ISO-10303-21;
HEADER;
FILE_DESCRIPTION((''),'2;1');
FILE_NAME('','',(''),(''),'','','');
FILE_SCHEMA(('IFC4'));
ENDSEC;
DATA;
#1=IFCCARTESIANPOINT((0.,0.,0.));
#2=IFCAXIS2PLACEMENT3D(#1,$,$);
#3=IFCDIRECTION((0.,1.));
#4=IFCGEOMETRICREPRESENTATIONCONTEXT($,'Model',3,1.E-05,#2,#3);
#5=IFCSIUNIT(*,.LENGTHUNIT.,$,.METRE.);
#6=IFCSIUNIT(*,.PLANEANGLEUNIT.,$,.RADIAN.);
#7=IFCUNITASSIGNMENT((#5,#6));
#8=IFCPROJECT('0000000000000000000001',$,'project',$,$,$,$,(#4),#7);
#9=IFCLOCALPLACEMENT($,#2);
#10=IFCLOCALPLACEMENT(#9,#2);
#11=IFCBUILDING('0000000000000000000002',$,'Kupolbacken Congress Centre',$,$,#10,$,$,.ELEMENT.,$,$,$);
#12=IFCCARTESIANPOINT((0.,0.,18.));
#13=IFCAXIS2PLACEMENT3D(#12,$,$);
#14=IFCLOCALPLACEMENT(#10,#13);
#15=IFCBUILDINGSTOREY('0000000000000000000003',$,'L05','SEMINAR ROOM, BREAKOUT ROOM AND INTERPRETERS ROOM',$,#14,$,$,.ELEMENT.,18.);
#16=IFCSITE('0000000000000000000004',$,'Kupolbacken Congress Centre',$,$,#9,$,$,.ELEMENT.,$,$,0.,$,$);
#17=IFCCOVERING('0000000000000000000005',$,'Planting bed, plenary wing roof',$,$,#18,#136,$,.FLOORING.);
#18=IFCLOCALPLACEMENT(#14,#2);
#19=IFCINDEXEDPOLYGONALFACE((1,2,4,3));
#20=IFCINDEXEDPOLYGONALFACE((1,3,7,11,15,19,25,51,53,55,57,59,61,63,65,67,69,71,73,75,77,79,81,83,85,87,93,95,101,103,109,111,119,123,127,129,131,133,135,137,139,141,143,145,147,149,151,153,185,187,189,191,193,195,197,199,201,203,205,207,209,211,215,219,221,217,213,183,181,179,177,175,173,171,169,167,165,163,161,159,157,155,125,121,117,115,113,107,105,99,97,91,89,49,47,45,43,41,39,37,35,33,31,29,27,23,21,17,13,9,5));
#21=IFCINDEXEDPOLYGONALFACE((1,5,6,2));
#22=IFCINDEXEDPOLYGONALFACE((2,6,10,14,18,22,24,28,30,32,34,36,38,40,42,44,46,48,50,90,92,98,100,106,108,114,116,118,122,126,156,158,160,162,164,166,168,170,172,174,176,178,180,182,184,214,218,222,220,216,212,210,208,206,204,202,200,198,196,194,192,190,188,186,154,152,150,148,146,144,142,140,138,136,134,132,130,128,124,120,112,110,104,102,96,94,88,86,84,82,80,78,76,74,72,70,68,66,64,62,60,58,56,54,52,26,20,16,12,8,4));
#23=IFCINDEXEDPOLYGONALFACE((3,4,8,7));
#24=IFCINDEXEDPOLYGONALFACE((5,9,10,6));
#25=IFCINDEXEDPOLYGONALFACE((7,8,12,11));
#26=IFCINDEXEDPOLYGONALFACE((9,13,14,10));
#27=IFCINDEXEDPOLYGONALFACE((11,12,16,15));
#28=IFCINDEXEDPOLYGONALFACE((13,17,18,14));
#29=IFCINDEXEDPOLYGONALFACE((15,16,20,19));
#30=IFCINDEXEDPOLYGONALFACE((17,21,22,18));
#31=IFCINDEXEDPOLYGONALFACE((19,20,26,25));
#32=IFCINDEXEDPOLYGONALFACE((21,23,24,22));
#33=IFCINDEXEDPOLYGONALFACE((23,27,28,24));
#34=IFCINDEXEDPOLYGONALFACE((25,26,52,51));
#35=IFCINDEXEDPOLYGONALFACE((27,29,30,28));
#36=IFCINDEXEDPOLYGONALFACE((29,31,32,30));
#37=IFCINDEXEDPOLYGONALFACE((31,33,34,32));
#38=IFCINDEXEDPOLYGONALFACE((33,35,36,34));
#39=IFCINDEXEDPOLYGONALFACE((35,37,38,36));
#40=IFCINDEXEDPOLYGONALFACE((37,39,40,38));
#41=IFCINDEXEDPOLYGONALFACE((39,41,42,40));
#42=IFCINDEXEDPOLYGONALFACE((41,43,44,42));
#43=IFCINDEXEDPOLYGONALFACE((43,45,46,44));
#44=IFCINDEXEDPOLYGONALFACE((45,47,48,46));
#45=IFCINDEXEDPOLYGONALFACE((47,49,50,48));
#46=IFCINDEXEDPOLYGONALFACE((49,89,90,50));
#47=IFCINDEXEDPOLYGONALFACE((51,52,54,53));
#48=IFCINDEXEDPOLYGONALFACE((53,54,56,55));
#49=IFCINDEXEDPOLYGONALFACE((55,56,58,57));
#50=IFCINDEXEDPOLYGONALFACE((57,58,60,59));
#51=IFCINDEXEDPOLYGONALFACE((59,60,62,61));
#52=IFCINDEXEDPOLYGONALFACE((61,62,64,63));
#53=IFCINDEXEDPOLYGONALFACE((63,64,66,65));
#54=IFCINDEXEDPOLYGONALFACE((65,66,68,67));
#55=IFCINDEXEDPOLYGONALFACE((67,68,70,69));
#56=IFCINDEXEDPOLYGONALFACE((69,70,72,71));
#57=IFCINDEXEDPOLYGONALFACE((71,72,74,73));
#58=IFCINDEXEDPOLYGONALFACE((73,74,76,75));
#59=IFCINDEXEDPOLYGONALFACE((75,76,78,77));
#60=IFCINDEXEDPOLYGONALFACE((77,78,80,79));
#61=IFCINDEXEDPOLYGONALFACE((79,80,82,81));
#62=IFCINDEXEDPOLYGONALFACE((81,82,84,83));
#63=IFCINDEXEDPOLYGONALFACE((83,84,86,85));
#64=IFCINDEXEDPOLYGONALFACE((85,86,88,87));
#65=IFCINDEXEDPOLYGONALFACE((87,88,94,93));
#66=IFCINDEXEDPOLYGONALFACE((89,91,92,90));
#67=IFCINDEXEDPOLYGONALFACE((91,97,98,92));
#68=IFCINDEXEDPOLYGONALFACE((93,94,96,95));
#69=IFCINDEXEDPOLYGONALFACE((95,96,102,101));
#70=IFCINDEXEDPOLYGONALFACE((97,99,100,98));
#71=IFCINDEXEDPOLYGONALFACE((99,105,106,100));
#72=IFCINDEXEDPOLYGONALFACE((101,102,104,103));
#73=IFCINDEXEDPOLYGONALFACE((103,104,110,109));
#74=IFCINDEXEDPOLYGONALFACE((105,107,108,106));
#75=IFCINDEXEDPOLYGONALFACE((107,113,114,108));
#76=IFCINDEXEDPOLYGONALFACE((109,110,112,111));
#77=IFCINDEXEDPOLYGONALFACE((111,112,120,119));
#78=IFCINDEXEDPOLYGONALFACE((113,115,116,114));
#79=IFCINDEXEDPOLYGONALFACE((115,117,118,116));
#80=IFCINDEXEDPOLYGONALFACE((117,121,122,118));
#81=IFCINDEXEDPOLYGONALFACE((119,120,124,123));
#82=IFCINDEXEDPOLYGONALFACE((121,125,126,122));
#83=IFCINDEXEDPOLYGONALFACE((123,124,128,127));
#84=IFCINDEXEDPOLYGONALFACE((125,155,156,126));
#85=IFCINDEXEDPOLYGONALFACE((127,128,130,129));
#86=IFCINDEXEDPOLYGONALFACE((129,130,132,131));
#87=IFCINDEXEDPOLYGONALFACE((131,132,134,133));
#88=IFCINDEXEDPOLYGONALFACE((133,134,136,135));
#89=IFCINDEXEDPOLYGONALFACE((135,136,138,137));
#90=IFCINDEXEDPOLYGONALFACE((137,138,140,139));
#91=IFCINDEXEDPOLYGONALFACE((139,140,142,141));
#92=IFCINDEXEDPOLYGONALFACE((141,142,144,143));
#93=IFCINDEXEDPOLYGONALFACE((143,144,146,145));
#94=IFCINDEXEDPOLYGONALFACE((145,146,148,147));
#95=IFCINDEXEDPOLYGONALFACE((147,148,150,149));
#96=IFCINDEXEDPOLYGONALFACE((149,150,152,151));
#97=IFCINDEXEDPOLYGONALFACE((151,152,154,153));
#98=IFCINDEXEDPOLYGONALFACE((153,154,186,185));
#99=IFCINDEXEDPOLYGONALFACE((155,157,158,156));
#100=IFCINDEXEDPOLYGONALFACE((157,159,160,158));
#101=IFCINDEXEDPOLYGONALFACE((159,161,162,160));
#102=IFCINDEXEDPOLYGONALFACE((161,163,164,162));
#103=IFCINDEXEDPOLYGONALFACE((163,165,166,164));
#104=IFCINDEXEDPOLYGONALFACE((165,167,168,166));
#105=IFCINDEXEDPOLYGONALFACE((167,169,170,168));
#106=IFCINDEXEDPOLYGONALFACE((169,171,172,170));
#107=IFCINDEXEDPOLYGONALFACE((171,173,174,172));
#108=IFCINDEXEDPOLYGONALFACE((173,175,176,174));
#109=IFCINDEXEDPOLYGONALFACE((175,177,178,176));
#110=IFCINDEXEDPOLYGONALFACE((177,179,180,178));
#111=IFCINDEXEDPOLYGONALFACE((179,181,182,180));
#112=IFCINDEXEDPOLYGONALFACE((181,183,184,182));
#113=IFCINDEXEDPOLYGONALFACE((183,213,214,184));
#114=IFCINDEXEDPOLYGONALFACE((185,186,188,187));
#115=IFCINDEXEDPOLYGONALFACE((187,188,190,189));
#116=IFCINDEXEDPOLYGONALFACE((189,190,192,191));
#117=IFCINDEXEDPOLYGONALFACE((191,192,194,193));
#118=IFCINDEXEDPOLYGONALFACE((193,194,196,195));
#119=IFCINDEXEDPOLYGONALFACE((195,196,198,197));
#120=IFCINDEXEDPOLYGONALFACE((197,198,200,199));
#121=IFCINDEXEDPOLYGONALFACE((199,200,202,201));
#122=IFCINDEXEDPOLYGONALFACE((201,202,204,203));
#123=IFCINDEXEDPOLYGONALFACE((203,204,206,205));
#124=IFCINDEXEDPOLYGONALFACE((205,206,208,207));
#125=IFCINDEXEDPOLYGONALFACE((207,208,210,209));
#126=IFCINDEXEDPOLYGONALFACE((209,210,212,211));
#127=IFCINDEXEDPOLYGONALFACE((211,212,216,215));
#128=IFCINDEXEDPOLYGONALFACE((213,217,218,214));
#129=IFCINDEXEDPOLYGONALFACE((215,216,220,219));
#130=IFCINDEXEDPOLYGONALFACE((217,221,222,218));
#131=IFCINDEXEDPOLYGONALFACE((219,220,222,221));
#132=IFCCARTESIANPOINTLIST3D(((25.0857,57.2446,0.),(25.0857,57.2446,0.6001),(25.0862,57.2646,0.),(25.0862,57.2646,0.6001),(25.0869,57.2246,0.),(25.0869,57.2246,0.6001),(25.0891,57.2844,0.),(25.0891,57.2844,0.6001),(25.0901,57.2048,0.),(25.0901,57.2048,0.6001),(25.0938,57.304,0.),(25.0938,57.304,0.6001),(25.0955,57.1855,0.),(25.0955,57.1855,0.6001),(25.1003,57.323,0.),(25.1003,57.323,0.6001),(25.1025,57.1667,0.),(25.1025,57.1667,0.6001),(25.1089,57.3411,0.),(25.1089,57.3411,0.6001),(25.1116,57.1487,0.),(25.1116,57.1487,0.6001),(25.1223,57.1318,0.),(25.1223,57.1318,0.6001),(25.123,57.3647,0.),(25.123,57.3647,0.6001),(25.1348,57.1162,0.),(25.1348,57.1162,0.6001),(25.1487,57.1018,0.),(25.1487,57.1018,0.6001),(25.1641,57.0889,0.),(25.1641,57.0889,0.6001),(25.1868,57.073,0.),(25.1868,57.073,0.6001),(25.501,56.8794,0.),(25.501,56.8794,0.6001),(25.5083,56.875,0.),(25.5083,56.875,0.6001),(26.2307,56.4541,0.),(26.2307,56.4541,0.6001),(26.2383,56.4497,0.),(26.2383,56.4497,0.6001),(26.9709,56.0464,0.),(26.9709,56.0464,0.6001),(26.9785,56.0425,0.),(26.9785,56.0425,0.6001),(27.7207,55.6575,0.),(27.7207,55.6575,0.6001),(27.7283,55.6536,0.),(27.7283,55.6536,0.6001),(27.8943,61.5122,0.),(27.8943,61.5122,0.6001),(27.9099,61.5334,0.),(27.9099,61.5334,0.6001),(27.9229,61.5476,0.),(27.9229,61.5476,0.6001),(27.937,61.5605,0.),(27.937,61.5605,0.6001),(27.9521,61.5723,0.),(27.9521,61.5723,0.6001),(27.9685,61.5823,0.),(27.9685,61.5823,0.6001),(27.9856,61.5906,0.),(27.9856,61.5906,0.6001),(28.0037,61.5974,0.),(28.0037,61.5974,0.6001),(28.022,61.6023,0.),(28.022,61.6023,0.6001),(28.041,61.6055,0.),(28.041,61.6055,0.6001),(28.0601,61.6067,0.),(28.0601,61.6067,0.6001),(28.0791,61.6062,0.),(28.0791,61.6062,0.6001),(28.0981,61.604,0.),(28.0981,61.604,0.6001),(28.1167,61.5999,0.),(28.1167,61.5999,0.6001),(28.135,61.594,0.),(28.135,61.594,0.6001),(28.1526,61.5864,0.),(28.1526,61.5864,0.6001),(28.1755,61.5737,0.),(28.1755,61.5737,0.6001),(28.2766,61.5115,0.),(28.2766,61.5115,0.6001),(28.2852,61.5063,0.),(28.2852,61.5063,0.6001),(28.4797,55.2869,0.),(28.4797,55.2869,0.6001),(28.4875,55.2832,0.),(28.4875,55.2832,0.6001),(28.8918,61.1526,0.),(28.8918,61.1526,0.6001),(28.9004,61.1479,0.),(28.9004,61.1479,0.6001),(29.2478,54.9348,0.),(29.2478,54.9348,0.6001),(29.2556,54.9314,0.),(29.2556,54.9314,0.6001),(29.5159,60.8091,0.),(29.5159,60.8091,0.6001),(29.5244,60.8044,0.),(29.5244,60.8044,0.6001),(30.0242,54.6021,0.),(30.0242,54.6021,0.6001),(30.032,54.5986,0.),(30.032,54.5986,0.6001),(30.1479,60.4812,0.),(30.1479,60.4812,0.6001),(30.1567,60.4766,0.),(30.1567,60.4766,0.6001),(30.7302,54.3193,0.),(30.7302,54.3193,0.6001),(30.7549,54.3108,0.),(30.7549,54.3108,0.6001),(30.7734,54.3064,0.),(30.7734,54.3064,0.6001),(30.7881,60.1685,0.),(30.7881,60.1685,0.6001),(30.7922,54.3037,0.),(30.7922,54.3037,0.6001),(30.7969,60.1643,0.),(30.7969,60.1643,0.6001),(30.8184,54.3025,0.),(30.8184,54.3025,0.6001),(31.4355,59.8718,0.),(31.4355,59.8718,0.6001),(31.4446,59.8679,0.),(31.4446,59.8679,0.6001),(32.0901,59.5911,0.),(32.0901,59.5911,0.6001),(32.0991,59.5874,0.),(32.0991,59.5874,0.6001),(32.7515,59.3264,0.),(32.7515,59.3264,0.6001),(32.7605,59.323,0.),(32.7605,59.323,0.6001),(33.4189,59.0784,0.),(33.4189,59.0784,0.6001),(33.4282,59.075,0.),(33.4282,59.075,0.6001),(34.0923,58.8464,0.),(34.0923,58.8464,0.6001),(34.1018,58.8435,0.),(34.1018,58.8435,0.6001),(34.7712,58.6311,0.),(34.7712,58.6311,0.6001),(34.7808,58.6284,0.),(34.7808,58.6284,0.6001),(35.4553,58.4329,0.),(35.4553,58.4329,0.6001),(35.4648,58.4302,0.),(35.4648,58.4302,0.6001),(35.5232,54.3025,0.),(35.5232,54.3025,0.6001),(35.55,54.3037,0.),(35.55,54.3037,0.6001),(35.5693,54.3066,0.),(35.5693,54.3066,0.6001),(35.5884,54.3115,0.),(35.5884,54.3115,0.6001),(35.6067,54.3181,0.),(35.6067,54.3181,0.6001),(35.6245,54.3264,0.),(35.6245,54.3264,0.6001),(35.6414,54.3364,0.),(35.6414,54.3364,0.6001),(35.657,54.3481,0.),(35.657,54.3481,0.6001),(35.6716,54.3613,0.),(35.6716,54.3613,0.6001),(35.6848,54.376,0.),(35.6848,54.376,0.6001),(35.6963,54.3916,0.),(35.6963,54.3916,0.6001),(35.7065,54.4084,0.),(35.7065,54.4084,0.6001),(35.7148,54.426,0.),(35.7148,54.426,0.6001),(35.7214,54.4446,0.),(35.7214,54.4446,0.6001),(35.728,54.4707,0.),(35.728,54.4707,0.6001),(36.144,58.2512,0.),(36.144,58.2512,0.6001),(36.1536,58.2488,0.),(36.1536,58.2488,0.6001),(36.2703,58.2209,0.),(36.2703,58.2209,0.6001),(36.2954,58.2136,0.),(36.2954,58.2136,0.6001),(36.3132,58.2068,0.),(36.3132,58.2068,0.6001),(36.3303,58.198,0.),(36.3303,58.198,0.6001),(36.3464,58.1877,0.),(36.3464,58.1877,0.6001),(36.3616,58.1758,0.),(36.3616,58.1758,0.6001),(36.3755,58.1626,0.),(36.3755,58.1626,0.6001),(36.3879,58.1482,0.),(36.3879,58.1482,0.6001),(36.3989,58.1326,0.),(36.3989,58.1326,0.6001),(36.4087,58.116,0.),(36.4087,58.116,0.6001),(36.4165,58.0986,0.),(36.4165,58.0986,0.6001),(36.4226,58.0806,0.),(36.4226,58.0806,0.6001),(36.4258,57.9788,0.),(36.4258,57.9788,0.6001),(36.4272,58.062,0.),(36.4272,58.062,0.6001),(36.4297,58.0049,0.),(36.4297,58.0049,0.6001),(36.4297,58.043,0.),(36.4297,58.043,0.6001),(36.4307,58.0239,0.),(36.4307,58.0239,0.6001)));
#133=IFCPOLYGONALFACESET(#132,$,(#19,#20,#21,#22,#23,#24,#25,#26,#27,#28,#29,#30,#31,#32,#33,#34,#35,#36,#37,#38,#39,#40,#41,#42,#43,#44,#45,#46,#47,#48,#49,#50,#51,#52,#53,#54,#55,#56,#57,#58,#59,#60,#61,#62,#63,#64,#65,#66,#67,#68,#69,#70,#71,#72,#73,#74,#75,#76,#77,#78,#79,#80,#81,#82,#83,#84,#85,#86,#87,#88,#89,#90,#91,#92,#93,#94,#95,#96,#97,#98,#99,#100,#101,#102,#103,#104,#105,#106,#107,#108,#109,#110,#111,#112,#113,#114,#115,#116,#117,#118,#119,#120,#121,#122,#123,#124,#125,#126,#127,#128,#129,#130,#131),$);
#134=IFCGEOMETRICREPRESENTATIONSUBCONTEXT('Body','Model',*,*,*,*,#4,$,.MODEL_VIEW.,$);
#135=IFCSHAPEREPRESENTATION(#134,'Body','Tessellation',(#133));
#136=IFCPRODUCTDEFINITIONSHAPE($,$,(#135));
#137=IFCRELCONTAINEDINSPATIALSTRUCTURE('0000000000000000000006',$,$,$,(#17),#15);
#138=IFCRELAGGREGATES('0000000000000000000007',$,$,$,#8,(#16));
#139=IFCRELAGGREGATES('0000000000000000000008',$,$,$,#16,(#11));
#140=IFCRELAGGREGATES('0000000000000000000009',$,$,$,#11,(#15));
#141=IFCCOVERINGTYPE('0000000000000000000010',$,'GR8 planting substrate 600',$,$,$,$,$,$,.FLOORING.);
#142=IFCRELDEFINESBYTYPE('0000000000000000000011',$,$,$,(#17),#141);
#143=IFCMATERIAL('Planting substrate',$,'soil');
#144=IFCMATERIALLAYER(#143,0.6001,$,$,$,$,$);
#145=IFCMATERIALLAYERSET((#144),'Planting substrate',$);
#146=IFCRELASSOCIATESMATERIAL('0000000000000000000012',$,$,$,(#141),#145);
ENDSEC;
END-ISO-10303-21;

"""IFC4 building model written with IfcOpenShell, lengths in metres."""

from ifc_helpers import new_model, si_unit, direction, frame, origin, place, context, subcontext, project, spatial, polyline, outline, extrude, material, layer, layer_set, type_object, element, save


model = new_model("IFC4")

# Units and contexts
model_context = context("Model", 3, precision=1e-05, world=origin(), true_north=direction((0.0, 1.0)))
body_context = subcontext(model_context, "Body", "Model", "MODEL_VIEW")
ifc_project = project(units=[si_unit("LENGTHUNIT", "METRE"), si_unit("PLANEANGLEUNIT", "RADIAN")], contexts=[model_context])

# Site, building, storey
site_placement = place(None, origin())
site = spatial("IfcSite", under=ifc_project, at=site_placement, Name="Kupolbacken Congress Centre", CompositionType="ELEMENT", RefElevation=0.0)
building_placement = place(site_placement, origin())
building = spatial("IfcBuilding", under=site, at=building_placement, Name="Kupolbacken Congress Centre", CompositionType="ELEMENT")
storey_placement = place(building_placement, frame((0.0, 0.0, 18.0)))
storey = spatial("IfcBuildingStorey", under=building, at=storey_placement, Name="L05", Description="SEMINAR ROOM, BREAKOUT ROOM AND INTERPRETERS ROOM", CompositionType="ELEMENT", Elevation=18.0)

# Covering
ifc_material_1 = material(Name="Planting substrate", Category="soil")
ifc_layer_1 = layer(ifc_material_1, 0.6001)
ifc_layer_set_1 = layer_set([ifc_layer_1], Name="Planting substrate")
covering_type_1 = type_object("IfcCoveringType", Name="GR8 planting substrate 600", PredefinedType="FLOORING", material=ifc_layer_set_1)
covering_1_placement = place(storey_placement, origin())
element("IfcCovering", 1, at=covering_1_placement, inside=storey, type_object=covering_type_1, Name="Planting bed, plenary wing roof", PredefinedType="FLOORING", context=body_context, shape_type="SweptSolid", body=[
    extrude(outline(polyline([(25.1868, 57.073), (25.1641, 57.0889), (25.1487, 57.1018), (25.1348, 57.1162), (25.1223, 57.1318), (25.1116, 57.1487), (25.1025, 57.1667), (25.0955, 57.1855), (25.0901, 57.2048), (25.0869, 57.2246), (25.0857, 57.2446), (25.0862, 57.2646), (25.0891, 57.2844), (25.0938, 57.304), (25.1003, 57.323), (25.1089, 57.3411), (25.123, 57.3647), (27.8943, 61.5122), (27.9099, 61.5334), (27.9229, 61.5476), (27.937, 61.5605), (27.9521, 61.5723), (27.9685, 61.5823), (27.9856, 61.5906), (28.0037, 61.5974), (28.022, 61.6023), (28.041, 61.6055), (28.0601, 61.6067), (28.0791, 61.6062), (28.0981, 61.604), (28.1167, 61.5999), (28.135, 61.594), (28.1526, 61.5864), (28.1755, 61.5737), (28.2766, 61.5115), (28.2852, 61.5063), (28.8918, 61.1526), (28.9004, 61.1479), (29.5159, 60.8091), (29.5244, 60.8044), (30.1479, 60.4812), (30.1567, 60.4766), (30.7881, 60.1685), (30.7969, 60.1643), (31.4355, 59.8718), (31.4446, 59.8679), (32.0901, 59.5911), (32.0991, 59.5874), (32.7515, 59.3264), (32.7605, 59.323), (33.4189, 59.0784), (33.4282, 59.075), (34.0923, 58.8464), (34.1018, 58.8435), (34.7712, 58.6311), (34.7808, 58.6284), (35.4553, 58.4329), (35.4648, 58.4302), (36.144, 58.2512), (36.1536, 58.2488), (36.2703, 58.2209), (36.2954, 58.2136), (36.3132, 58.2068), (36.3303, 58.198), (36.3464, 58.1877), (36.3616, 58.1758), (36.3755, 58.1626), (36.3879, 58.1482), (36.3989, 58.1326), (36.4087, 58.116), (36.4165, 58.0986), (36.4226, 58.0806), (36.4272, 58.062), (36.4297, 58.043), (36.4307, 58.0239), (36.4297, 58.0049), (36.4258, 57.9788), (35.728, 54.4707), (35.7214, 54.4446), (35.7148, 54.426), (35.7065, 54.4084), (35.6963, 54.3916), (35.6848, 54.376), (35.6716, 54.3613), (35.657, 54.3481), (35.6414, 54.3364), (35.6245, 54.3264), (35.6067, 54.3181), (35.5884, 54.3115), (35.5693, 54.3066), (35.55, 54.3037), (35.5232, 54.3025), (30.8184, 54.3025), (30.7922, 54.3037), (30.7734, 54.3064), (30.7549, 54.3108), (30.7302, 54.3193), (30.032, 54.5986), (30.0242, 54.6021), (29.2556, 54.9314), (29.2478, 54.9348), (28.4875, 55.2832), (28.4797, 55.2869), (27.7283, 55.6536), (27.7207, 55.6575), (26.9785, 56.0425), (26.9709, 56.0464), (26.2383, 56.4497), (26.2307, 56.4541), (25.5083, 56.875), (25.501, 56.8794), (25.1868, 57.073)])), origin(), (0.0, 0.0, 1.0), 0.6001),
])

save(model, "model.ifc")
